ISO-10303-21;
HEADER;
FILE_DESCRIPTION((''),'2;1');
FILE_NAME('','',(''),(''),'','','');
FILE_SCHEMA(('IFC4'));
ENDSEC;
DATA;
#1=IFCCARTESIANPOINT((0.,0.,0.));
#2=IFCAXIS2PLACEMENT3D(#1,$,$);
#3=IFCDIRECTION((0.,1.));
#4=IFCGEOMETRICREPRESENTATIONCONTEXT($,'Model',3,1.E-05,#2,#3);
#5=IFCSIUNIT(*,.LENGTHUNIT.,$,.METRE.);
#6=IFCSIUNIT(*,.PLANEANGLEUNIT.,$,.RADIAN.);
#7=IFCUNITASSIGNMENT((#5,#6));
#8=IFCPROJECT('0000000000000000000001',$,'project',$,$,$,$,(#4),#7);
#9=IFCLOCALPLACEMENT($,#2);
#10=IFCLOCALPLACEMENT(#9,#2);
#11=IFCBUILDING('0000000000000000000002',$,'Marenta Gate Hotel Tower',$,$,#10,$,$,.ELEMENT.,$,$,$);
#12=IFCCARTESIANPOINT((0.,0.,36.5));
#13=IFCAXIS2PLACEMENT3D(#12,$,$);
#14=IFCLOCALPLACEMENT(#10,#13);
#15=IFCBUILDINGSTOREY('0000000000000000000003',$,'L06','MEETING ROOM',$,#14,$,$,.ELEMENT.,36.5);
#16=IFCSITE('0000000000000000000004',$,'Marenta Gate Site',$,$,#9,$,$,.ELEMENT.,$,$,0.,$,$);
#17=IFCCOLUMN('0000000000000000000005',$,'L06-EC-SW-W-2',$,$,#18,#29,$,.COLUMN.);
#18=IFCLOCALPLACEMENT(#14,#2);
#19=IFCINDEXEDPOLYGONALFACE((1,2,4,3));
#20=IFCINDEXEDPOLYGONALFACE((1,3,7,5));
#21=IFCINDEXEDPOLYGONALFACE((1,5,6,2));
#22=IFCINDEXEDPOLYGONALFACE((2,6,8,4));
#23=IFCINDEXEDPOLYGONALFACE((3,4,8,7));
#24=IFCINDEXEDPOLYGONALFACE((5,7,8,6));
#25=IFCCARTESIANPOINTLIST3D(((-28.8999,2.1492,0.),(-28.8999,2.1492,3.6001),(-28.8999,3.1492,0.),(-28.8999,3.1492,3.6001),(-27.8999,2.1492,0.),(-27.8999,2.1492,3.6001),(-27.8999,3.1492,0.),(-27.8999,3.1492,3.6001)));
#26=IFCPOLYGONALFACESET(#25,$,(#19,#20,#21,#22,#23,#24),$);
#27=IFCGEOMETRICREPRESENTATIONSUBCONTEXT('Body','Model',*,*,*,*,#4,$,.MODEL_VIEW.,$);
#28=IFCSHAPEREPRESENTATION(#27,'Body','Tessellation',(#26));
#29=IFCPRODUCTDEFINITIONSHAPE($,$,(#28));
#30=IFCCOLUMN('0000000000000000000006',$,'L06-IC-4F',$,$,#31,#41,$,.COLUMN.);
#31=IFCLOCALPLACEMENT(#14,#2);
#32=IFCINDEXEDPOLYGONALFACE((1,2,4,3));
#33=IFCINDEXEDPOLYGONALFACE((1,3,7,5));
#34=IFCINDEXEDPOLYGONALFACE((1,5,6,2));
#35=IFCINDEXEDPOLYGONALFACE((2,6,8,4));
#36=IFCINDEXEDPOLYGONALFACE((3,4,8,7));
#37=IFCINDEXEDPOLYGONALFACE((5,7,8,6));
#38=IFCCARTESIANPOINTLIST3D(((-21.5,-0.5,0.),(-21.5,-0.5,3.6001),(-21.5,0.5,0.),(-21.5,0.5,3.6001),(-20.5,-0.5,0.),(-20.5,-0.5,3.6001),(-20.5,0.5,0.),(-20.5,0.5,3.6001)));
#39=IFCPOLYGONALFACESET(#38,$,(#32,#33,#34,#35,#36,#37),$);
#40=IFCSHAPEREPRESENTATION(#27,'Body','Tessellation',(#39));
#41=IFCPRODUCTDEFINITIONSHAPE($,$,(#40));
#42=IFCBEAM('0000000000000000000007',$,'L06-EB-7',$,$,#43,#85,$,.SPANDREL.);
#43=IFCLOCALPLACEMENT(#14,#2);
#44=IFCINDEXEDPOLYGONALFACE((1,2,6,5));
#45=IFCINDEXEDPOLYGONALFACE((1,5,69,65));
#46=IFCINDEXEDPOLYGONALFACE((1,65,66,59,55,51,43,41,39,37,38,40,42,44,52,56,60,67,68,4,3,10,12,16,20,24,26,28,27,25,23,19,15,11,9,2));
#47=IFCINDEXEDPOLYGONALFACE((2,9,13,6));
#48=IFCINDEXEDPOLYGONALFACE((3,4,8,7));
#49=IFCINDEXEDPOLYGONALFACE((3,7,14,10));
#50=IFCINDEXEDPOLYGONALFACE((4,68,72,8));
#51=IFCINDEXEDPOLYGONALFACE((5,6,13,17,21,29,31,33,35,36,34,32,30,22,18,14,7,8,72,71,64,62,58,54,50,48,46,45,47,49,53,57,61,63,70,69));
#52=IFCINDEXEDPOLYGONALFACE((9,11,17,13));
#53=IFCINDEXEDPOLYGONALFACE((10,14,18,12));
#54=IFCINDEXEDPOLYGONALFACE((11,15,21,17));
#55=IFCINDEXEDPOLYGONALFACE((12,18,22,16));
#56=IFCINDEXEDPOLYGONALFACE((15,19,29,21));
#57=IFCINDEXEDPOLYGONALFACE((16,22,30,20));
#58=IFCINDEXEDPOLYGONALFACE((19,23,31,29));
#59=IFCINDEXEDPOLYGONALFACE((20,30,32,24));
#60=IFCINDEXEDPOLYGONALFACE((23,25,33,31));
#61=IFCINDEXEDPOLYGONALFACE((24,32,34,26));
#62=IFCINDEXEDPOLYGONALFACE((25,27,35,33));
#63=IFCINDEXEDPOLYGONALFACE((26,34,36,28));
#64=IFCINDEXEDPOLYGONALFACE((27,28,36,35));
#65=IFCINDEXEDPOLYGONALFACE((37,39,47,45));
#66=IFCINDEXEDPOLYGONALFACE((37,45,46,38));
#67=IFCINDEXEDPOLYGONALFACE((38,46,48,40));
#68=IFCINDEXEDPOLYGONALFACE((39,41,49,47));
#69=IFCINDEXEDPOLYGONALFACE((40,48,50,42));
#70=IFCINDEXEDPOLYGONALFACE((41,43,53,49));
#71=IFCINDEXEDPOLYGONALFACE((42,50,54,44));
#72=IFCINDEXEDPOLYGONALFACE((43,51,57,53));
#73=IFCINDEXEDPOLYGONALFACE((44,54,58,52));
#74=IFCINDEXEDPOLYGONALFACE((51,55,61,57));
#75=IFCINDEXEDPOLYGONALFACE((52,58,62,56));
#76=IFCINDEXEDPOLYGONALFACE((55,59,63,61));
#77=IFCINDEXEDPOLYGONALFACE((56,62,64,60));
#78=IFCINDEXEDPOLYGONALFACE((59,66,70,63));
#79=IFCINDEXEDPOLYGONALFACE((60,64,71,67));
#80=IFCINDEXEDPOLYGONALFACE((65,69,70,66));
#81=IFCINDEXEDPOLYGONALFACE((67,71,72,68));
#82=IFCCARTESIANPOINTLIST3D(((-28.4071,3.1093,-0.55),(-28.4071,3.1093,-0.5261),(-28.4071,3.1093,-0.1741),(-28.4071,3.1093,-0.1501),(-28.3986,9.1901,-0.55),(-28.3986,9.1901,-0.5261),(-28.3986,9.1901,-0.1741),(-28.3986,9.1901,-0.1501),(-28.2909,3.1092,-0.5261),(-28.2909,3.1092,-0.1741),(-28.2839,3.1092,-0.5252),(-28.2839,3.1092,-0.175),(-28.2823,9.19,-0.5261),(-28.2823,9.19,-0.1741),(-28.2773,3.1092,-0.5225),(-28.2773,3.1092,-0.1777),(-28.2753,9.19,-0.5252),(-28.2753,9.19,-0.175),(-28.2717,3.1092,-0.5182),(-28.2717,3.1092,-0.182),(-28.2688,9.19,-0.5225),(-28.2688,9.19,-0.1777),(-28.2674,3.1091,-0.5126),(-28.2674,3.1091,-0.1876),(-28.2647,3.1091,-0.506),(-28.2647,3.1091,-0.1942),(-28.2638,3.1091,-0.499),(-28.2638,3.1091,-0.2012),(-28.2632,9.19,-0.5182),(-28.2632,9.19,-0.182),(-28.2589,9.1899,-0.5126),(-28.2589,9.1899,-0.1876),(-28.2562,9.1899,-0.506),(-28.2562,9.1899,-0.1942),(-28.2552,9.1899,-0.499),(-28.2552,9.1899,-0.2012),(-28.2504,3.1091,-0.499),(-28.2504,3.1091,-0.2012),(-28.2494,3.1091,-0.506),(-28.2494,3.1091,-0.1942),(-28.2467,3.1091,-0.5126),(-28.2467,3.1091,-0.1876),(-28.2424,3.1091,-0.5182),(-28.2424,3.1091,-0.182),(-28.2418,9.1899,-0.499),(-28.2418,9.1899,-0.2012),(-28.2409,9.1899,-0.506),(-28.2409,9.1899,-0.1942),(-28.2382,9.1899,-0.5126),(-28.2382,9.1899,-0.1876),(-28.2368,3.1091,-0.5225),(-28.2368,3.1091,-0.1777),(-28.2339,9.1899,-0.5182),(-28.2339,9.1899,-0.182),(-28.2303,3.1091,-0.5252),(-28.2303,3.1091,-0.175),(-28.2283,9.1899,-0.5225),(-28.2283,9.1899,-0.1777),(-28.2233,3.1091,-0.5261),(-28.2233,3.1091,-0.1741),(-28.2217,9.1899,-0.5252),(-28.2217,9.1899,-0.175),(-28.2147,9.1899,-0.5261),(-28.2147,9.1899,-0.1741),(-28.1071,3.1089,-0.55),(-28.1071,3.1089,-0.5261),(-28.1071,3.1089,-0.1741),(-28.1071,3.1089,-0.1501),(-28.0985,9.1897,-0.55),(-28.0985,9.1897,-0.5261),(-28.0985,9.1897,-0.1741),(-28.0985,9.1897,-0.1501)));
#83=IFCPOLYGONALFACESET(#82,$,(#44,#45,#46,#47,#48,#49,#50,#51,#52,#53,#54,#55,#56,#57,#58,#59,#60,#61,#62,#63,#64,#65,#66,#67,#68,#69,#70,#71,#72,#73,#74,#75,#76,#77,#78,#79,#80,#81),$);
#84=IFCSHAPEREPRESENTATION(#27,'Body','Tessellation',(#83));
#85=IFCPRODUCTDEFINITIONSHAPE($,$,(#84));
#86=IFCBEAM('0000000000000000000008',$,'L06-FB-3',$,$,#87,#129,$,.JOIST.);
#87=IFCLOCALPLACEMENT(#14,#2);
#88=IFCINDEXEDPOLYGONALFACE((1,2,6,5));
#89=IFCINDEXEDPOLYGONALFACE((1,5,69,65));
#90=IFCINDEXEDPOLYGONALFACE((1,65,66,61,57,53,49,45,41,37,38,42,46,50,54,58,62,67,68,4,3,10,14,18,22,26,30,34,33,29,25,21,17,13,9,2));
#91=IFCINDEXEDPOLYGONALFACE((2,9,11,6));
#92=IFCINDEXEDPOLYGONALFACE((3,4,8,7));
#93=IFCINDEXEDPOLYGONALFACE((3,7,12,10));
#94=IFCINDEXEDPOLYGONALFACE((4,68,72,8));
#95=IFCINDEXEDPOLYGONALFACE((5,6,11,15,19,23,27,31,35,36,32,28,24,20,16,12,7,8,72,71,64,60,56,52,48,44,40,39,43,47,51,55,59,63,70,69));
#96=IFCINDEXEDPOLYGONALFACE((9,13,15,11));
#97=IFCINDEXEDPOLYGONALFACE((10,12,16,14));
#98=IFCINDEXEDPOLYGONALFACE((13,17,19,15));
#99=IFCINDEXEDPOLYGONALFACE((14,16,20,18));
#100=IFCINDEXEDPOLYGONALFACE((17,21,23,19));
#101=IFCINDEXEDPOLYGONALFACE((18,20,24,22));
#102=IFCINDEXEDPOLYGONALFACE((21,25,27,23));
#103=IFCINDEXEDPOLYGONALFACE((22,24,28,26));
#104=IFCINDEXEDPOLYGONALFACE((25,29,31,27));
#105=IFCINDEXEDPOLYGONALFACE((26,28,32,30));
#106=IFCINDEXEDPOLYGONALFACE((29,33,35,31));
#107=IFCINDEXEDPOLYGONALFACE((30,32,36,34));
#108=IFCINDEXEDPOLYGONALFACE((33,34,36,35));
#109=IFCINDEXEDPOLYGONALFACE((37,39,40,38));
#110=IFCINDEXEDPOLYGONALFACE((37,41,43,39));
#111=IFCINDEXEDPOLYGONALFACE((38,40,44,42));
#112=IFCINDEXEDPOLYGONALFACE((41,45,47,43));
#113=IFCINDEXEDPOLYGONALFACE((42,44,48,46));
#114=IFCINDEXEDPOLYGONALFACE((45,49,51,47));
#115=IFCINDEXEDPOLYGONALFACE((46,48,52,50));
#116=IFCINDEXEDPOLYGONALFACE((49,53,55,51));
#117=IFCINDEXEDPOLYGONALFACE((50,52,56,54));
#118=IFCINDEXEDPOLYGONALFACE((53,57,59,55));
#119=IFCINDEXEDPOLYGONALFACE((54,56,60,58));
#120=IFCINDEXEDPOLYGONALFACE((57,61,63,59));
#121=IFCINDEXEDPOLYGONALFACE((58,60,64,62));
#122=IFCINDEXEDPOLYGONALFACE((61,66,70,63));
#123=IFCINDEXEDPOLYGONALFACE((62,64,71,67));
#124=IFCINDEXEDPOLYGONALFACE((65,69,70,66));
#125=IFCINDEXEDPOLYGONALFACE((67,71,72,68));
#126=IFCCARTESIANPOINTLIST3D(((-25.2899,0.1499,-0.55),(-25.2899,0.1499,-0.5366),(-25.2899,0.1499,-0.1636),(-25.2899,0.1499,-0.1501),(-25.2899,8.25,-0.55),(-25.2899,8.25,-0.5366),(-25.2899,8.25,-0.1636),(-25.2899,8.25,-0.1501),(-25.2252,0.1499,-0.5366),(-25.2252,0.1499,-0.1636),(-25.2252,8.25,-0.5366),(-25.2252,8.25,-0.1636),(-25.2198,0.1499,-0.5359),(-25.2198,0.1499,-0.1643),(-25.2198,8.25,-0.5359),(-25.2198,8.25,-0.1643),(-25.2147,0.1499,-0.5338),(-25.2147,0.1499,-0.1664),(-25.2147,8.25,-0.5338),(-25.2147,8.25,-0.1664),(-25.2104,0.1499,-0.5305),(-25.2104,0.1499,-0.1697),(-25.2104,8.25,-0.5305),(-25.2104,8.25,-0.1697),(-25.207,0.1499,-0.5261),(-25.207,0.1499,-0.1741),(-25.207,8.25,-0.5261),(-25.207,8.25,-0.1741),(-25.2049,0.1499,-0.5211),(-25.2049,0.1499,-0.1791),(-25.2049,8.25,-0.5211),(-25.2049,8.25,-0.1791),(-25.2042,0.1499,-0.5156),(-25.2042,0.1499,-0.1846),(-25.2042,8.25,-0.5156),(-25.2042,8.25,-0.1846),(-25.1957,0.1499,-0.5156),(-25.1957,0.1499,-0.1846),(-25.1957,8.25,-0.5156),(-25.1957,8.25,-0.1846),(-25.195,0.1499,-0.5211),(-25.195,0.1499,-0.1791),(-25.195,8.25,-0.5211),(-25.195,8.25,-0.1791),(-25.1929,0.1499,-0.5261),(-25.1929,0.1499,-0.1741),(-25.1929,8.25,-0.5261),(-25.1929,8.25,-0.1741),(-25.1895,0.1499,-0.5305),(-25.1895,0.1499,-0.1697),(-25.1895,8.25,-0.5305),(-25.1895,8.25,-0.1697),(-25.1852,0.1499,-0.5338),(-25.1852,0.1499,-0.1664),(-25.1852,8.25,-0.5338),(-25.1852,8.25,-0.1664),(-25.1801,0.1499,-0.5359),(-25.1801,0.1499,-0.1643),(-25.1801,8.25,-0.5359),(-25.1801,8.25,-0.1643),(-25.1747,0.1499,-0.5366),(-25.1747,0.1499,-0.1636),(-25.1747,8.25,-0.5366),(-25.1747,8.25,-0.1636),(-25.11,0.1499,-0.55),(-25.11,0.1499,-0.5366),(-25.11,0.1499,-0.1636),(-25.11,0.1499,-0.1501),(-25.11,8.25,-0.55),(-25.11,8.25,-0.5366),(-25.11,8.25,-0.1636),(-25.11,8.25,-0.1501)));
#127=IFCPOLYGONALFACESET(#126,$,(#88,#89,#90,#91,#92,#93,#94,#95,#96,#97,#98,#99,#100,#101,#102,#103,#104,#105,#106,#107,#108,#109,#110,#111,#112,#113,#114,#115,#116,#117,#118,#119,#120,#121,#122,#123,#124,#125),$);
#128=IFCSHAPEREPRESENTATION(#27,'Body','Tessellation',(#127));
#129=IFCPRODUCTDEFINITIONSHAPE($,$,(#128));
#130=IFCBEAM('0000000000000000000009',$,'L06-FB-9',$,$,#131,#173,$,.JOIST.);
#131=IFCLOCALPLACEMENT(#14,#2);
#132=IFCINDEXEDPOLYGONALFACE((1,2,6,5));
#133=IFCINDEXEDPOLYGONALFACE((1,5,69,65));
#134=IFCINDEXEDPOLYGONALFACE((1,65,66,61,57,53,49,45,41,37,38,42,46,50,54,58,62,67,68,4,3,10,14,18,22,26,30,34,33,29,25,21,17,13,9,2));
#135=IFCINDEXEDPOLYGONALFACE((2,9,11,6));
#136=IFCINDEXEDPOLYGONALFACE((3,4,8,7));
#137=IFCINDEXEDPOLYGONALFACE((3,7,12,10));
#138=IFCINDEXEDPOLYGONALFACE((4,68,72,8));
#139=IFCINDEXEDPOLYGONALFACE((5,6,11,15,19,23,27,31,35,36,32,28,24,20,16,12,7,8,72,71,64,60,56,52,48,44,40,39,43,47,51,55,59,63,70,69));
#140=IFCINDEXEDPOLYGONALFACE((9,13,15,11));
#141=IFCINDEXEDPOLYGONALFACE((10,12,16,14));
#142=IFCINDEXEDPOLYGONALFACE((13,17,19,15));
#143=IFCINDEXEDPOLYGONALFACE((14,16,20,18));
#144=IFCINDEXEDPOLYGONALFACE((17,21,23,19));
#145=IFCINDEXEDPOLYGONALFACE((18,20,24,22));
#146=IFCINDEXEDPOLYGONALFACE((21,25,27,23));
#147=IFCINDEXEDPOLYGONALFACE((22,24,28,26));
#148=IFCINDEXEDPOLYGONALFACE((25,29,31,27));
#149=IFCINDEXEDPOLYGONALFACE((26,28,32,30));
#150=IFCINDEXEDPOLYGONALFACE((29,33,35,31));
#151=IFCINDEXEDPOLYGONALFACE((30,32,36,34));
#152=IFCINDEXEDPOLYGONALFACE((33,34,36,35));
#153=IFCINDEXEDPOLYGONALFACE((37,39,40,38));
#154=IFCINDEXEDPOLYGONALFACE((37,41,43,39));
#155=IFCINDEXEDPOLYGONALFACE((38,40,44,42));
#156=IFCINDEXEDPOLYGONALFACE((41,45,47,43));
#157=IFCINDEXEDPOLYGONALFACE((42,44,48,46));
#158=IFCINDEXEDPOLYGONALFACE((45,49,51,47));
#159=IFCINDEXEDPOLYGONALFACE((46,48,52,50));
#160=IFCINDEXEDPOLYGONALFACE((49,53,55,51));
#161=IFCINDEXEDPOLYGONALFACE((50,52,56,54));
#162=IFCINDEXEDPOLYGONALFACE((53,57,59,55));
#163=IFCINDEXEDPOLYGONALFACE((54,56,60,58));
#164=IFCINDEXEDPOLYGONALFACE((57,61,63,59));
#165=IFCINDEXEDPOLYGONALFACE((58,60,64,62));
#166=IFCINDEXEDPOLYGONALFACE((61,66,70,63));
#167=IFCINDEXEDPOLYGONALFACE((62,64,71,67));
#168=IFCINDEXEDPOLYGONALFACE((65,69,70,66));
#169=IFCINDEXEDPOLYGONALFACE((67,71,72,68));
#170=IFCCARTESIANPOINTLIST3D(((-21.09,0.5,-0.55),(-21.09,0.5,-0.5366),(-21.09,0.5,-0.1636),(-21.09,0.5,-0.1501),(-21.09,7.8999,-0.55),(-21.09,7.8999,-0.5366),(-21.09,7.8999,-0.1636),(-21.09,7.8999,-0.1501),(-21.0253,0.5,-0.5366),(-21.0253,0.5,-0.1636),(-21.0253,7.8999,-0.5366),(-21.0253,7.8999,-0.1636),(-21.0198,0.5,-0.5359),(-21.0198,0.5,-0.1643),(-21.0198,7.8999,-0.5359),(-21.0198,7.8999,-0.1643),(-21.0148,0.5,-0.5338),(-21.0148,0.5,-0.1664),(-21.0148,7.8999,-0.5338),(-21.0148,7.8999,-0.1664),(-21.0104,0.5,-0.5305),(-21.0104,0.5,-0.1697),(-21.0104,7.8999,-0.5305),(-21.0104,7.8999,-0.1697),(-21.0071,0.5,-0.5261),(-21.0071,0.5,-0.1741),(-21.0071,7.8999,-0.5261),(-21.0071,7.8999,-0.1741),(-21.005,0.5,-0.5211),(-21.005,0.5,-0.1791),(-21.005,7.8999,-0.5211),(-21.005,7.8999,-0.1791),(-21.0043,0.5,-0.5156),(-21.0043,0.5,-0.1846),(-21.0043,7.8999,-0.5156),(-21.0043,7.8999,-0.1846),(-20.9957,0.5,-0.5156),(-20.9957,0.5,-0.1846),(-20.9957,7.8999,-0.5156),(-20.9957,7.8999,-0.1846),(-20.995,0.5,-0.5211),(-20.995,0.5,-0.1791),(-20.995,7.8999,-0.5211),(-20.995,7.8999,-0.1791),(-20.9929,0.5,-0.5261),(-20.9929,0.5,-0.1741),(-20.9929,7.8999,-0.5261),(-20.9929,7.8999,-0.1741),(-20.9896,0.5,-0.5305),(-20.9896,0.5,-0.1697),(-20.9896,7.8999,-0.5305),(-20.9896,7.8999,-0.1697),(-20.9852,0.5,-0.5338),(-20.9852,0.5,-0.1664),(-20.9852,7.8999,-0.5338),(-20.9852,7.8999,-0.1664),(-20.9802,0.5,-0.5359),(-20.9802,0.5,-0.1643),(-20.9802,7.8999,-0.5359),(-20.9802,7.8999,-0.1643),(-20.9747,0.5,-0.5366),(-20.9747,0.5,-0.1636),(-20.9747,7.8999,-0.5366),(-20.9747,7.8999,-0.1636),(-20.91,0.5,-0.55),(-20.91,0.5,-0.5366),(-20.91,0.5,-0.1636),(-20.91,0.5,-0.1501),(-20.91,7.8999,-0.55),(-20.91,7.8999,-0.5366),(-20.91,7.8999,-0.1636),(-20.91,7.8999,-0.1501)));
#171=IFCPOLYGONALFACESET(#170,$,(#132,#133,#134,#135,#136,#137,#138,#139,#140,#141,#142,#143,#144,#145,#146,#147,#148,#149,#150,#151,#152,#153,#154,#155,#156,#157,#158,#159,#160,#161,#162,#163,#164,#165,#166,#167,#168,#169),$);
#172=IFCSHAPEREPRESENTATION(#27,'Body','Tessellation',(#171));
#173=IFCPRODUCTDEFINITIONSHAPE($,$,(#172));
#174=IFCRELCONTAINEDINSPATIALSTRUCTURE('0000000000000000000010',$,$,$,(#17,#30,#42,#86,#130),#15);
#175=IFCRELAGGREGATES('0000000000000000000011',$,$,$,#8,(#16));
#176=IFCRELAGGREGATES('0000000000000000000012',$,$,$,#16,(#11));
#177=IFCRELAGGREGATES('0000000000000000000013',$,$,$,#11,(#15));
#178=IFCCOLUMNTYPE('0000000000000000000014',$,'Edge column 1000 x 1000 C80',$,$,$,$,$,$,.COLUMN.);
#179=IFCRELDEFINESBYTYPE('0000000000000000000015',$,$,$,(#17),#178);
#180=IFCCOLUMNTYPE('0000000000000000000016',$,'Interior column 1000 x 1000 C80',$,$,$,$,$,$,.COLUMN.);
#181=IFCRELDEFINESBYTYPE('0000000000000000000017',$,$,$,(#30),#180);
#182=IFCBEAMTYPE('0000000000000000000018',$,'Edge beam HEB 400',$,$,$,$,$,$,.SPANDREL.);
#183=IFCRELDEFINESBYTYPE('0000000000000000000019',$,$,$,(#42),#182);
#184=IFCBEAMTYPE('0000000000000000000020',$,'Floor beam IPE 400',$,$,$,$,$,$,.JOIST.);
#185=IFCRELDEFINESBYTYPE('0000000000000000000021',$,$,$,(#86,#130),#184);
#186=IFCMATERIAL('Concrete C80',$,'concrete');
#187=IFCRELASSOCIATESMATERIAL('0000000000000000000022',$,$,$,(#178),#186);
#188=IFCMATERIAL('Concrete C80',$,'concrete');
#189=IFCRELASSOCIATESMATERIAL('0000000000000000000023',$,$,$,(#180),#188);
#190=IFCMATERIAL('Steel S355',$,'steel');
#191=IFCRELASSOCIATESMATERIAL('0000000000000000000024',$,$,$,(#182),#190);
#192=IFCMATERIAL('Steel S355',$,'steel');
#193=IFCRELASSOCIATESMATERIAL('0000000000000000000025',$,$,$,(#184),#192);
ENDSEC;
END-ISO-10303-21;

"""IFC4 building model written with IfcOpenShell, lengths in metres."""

from ifc_helpers import new_model, si_unit, direction, frame, origin, origin_2d, place, context, subcontext, project, spatial, rectangle, i_section, extrude, material, material_profile, profile_set, type_object, element, save


model = new_model("IFC4")

# Units and contexts
model_context = context("Model", 3, precision=1e-05, world=origin(), true_north=direction((0.0, 1.0)))
body_context = subcontext(model_context, "Body", "Model", "MODEL_VIEW")
ifc_project = project(units=[si_unit("LENGTHUNIT", "METRE"), si_unit("PLANEANGLEUNIT", "RADIAN")], contexts=[model_context])

# Site, building, storey
site_placement = place(None, origin())
site = spatial("IfcSite", under=ifc_project, at=site_placement, Name="Marenta Gate Site", CompositionType="ELEMENT", RefElevation=0.0)
building_placement = place(site_placement, origin())
building = spatial("IfcBuilding", under=site, at=building_placement, Name="Marenta Gate Hotel Tower", CompositionType="ELEMENT")
storey_placement = place(building_placement, frame((0.0, 0.0, 36.5)))
storey = spatial("IfcBuildingStorey", under=building, at=storey_placement, Name="L06", Description="MEETING ROOM", CompositionType="ELEMENT", Elevation=36.5)

# Columns
ifc_material_1 = material(Name="Concrete C80", Category="concrete")
ifc_material_profile_1 = material_profile(ifc_material_1, rectangle(XDim=1.0, YDim=1.0, at=origin_2d()), Name="1000 x 1000")
ifc_profile_set_1 = profile_set([ifc_material_profile_1], Name="Concrete C80")
column_type_1 = type_object("IfcColumnType", Name="Edge column 1000 x 1000 C80", PredefinedType="COLUMN", material=ifc_profile_set_1)
column_1_placement = place(storey_placement, frame((-28.3999, 2.6492, 0.0), z_axis=(0.0, 0.0, 1.0), x_axis=(1.0, 0.0, 0.0)))
element("IfcColumn", 1, at=column_1_placement, inside=storey, type_object=column_type_1, Name="L06-EC-SW-W-2", PredefinedType="COLUMN", context=body_context, shape_type="SweptSolid", body=[
    extrude(rectangle(XDim=1.0, YDim=1.0, at=origin_2d()), origin(), (0.0, 0.0, 1.0), 3.6001),
])
ifc_material_2 = material(Name="Concrete C80", Category="concrete")
ifc_material_profile_2 = material_profile(ifc_material_2, rectangle(XDim=1.0, YDim=1.0, at=origin_2d()), Name="1000 x 1000")
ifc_profile_set_2 = profile_set([ifc_material_profile_2], Name="Concrete C80")
column_type_2 = type_object("IfcColumnType", Name="Interior column 1000 x 1000 C80", PredefinedType="COLUMN", material=ifc_profile_set_2)
column_2_placement = place(storey_placement, frame((-21.0, 0.0, 0.0), z_axis=(0.0, 0.0, 1.0), x_axis=(1.0, 0.0, 0.0)))
element("IfcColumn", 2, at=column_2_placement, inside=storey, type_object=column_type_2, Name="L06-IC-4F", PredefinedType="COLUMN", context=body_context, shape_type="SweptSolid", body=[
    extrude(rectangle(XDim=1.0, YDim=1.0, at=origin_2d()), origin(), (0.0, 0.0, 1.0), 3.6001),
])

# Beams
ifc_material_3 = material(Name="Steel S355", Category="steel")
ifc_material_profile_3 = material_profile(ifc_material_3, i_section(OverallWidth=0.3, OverallDepth=0.3999, WebThickness=0.0134, FlangeThickness=0.0239, FilletRadius=0.0271, at=origin_2d()), Name="HEB 400")
ifc_profile_set_3 = profile_set([ifc_material_profile_3], Name="Steel S355")
beam_type_1 = type_object("IfcBeamType", Name="Edge beam HEB 400", PredefinedType="SPANDREL", material=ifc_profile_set_3)
beam_1_placement = place(storey_placement, frame((-28.2571, 3.1091, -0.3501), z_axis=(0.001405, 0.999999, 0.0), x_axis=(-0.999999, 0.001405, 0.0)))
element("IfcBeam", 3, at=beam_1_placement, inside=storey, type_object=beam_type_1, Name="L06-EB-7", PredefinedType="SPANDREL", context=body_context, shape_type="SweptSolid", body=[
    extrude(i_section(OverallWidth=0.3, OverallDepth=0.3999, WebThickness=0.0134, FlangeThickness=0.0239, FilletRadius=0.0271, at=origin_2d()), origin(), (0.0, 0.0, 1.0), 6.0808),
])
ifc_material_4 = material(Name="Steel S355", Category="steel")
ifc_material_profile_4 = material_profile(ifc_material_4, i_section(OverallWidth=0.1799, OverallDepth=0.3999, WebThickness=0.0085, FlangeThickness=0.0134, FilletRadius=0.021, at=origin_2d()), Name="IPE 400")
ifc_profile_set_4 = profile_set([ifc_material_profile_4], Name="Steel S355")
beam_type_2 = type_object("IfcBeamType", Name="Floor beam IPE 400", PredefinedType="JOIST", material=ifc_profile_set_4)
beam_2_placement = place(storey_placement, frame((-25.2, 0.1499, -0.3501), z_axis=(0.0, 1.0, 0.0), x_axis=(-1.0, 0.0, 0.0)))
element("IfcBeam", 4, at=beam_2_placement, inside=storey, type_object=beam_type_2, Name="L06-FB-3", PredefinedType="JOIST", context=body_context, shape_type="SweptSolid", body=[
    extrude(i_section(OverallWidth=0.1799, OverallDepth=0.3999, WebThickness=0.0085, FlangeThickness=0.0134, FilletRadius=0.021, at=origin_2d()), origin(), (0.0, 0.0, 1.0), 8.1001),
])
beam_3_placement = place(storey_placement, frame((-21.0, 0.5, -0.3501), z_axis=(0.0, 1.0, 0.0), x_axis=(-1.0, 0.0, 0.0)))
element("IfcBeam", 5, at=beam_3_placement, inside=storey, type_object=beam_type_2, Name="L06-FB-9", PredefinedType="JOIST", context=body_context, shape_type="SweptSolid", body=[
    extrude(i_section(OverallWidth=0.1799, OverallDepth=0.3999, WebThickness=0.0085, FlangeThickness=0.0134, FilletRadius=0.021, at=origin_2d()), origin(), (0.0, 0.0, 1.0), 7.3999),
])

save(model, "model.ifc")
